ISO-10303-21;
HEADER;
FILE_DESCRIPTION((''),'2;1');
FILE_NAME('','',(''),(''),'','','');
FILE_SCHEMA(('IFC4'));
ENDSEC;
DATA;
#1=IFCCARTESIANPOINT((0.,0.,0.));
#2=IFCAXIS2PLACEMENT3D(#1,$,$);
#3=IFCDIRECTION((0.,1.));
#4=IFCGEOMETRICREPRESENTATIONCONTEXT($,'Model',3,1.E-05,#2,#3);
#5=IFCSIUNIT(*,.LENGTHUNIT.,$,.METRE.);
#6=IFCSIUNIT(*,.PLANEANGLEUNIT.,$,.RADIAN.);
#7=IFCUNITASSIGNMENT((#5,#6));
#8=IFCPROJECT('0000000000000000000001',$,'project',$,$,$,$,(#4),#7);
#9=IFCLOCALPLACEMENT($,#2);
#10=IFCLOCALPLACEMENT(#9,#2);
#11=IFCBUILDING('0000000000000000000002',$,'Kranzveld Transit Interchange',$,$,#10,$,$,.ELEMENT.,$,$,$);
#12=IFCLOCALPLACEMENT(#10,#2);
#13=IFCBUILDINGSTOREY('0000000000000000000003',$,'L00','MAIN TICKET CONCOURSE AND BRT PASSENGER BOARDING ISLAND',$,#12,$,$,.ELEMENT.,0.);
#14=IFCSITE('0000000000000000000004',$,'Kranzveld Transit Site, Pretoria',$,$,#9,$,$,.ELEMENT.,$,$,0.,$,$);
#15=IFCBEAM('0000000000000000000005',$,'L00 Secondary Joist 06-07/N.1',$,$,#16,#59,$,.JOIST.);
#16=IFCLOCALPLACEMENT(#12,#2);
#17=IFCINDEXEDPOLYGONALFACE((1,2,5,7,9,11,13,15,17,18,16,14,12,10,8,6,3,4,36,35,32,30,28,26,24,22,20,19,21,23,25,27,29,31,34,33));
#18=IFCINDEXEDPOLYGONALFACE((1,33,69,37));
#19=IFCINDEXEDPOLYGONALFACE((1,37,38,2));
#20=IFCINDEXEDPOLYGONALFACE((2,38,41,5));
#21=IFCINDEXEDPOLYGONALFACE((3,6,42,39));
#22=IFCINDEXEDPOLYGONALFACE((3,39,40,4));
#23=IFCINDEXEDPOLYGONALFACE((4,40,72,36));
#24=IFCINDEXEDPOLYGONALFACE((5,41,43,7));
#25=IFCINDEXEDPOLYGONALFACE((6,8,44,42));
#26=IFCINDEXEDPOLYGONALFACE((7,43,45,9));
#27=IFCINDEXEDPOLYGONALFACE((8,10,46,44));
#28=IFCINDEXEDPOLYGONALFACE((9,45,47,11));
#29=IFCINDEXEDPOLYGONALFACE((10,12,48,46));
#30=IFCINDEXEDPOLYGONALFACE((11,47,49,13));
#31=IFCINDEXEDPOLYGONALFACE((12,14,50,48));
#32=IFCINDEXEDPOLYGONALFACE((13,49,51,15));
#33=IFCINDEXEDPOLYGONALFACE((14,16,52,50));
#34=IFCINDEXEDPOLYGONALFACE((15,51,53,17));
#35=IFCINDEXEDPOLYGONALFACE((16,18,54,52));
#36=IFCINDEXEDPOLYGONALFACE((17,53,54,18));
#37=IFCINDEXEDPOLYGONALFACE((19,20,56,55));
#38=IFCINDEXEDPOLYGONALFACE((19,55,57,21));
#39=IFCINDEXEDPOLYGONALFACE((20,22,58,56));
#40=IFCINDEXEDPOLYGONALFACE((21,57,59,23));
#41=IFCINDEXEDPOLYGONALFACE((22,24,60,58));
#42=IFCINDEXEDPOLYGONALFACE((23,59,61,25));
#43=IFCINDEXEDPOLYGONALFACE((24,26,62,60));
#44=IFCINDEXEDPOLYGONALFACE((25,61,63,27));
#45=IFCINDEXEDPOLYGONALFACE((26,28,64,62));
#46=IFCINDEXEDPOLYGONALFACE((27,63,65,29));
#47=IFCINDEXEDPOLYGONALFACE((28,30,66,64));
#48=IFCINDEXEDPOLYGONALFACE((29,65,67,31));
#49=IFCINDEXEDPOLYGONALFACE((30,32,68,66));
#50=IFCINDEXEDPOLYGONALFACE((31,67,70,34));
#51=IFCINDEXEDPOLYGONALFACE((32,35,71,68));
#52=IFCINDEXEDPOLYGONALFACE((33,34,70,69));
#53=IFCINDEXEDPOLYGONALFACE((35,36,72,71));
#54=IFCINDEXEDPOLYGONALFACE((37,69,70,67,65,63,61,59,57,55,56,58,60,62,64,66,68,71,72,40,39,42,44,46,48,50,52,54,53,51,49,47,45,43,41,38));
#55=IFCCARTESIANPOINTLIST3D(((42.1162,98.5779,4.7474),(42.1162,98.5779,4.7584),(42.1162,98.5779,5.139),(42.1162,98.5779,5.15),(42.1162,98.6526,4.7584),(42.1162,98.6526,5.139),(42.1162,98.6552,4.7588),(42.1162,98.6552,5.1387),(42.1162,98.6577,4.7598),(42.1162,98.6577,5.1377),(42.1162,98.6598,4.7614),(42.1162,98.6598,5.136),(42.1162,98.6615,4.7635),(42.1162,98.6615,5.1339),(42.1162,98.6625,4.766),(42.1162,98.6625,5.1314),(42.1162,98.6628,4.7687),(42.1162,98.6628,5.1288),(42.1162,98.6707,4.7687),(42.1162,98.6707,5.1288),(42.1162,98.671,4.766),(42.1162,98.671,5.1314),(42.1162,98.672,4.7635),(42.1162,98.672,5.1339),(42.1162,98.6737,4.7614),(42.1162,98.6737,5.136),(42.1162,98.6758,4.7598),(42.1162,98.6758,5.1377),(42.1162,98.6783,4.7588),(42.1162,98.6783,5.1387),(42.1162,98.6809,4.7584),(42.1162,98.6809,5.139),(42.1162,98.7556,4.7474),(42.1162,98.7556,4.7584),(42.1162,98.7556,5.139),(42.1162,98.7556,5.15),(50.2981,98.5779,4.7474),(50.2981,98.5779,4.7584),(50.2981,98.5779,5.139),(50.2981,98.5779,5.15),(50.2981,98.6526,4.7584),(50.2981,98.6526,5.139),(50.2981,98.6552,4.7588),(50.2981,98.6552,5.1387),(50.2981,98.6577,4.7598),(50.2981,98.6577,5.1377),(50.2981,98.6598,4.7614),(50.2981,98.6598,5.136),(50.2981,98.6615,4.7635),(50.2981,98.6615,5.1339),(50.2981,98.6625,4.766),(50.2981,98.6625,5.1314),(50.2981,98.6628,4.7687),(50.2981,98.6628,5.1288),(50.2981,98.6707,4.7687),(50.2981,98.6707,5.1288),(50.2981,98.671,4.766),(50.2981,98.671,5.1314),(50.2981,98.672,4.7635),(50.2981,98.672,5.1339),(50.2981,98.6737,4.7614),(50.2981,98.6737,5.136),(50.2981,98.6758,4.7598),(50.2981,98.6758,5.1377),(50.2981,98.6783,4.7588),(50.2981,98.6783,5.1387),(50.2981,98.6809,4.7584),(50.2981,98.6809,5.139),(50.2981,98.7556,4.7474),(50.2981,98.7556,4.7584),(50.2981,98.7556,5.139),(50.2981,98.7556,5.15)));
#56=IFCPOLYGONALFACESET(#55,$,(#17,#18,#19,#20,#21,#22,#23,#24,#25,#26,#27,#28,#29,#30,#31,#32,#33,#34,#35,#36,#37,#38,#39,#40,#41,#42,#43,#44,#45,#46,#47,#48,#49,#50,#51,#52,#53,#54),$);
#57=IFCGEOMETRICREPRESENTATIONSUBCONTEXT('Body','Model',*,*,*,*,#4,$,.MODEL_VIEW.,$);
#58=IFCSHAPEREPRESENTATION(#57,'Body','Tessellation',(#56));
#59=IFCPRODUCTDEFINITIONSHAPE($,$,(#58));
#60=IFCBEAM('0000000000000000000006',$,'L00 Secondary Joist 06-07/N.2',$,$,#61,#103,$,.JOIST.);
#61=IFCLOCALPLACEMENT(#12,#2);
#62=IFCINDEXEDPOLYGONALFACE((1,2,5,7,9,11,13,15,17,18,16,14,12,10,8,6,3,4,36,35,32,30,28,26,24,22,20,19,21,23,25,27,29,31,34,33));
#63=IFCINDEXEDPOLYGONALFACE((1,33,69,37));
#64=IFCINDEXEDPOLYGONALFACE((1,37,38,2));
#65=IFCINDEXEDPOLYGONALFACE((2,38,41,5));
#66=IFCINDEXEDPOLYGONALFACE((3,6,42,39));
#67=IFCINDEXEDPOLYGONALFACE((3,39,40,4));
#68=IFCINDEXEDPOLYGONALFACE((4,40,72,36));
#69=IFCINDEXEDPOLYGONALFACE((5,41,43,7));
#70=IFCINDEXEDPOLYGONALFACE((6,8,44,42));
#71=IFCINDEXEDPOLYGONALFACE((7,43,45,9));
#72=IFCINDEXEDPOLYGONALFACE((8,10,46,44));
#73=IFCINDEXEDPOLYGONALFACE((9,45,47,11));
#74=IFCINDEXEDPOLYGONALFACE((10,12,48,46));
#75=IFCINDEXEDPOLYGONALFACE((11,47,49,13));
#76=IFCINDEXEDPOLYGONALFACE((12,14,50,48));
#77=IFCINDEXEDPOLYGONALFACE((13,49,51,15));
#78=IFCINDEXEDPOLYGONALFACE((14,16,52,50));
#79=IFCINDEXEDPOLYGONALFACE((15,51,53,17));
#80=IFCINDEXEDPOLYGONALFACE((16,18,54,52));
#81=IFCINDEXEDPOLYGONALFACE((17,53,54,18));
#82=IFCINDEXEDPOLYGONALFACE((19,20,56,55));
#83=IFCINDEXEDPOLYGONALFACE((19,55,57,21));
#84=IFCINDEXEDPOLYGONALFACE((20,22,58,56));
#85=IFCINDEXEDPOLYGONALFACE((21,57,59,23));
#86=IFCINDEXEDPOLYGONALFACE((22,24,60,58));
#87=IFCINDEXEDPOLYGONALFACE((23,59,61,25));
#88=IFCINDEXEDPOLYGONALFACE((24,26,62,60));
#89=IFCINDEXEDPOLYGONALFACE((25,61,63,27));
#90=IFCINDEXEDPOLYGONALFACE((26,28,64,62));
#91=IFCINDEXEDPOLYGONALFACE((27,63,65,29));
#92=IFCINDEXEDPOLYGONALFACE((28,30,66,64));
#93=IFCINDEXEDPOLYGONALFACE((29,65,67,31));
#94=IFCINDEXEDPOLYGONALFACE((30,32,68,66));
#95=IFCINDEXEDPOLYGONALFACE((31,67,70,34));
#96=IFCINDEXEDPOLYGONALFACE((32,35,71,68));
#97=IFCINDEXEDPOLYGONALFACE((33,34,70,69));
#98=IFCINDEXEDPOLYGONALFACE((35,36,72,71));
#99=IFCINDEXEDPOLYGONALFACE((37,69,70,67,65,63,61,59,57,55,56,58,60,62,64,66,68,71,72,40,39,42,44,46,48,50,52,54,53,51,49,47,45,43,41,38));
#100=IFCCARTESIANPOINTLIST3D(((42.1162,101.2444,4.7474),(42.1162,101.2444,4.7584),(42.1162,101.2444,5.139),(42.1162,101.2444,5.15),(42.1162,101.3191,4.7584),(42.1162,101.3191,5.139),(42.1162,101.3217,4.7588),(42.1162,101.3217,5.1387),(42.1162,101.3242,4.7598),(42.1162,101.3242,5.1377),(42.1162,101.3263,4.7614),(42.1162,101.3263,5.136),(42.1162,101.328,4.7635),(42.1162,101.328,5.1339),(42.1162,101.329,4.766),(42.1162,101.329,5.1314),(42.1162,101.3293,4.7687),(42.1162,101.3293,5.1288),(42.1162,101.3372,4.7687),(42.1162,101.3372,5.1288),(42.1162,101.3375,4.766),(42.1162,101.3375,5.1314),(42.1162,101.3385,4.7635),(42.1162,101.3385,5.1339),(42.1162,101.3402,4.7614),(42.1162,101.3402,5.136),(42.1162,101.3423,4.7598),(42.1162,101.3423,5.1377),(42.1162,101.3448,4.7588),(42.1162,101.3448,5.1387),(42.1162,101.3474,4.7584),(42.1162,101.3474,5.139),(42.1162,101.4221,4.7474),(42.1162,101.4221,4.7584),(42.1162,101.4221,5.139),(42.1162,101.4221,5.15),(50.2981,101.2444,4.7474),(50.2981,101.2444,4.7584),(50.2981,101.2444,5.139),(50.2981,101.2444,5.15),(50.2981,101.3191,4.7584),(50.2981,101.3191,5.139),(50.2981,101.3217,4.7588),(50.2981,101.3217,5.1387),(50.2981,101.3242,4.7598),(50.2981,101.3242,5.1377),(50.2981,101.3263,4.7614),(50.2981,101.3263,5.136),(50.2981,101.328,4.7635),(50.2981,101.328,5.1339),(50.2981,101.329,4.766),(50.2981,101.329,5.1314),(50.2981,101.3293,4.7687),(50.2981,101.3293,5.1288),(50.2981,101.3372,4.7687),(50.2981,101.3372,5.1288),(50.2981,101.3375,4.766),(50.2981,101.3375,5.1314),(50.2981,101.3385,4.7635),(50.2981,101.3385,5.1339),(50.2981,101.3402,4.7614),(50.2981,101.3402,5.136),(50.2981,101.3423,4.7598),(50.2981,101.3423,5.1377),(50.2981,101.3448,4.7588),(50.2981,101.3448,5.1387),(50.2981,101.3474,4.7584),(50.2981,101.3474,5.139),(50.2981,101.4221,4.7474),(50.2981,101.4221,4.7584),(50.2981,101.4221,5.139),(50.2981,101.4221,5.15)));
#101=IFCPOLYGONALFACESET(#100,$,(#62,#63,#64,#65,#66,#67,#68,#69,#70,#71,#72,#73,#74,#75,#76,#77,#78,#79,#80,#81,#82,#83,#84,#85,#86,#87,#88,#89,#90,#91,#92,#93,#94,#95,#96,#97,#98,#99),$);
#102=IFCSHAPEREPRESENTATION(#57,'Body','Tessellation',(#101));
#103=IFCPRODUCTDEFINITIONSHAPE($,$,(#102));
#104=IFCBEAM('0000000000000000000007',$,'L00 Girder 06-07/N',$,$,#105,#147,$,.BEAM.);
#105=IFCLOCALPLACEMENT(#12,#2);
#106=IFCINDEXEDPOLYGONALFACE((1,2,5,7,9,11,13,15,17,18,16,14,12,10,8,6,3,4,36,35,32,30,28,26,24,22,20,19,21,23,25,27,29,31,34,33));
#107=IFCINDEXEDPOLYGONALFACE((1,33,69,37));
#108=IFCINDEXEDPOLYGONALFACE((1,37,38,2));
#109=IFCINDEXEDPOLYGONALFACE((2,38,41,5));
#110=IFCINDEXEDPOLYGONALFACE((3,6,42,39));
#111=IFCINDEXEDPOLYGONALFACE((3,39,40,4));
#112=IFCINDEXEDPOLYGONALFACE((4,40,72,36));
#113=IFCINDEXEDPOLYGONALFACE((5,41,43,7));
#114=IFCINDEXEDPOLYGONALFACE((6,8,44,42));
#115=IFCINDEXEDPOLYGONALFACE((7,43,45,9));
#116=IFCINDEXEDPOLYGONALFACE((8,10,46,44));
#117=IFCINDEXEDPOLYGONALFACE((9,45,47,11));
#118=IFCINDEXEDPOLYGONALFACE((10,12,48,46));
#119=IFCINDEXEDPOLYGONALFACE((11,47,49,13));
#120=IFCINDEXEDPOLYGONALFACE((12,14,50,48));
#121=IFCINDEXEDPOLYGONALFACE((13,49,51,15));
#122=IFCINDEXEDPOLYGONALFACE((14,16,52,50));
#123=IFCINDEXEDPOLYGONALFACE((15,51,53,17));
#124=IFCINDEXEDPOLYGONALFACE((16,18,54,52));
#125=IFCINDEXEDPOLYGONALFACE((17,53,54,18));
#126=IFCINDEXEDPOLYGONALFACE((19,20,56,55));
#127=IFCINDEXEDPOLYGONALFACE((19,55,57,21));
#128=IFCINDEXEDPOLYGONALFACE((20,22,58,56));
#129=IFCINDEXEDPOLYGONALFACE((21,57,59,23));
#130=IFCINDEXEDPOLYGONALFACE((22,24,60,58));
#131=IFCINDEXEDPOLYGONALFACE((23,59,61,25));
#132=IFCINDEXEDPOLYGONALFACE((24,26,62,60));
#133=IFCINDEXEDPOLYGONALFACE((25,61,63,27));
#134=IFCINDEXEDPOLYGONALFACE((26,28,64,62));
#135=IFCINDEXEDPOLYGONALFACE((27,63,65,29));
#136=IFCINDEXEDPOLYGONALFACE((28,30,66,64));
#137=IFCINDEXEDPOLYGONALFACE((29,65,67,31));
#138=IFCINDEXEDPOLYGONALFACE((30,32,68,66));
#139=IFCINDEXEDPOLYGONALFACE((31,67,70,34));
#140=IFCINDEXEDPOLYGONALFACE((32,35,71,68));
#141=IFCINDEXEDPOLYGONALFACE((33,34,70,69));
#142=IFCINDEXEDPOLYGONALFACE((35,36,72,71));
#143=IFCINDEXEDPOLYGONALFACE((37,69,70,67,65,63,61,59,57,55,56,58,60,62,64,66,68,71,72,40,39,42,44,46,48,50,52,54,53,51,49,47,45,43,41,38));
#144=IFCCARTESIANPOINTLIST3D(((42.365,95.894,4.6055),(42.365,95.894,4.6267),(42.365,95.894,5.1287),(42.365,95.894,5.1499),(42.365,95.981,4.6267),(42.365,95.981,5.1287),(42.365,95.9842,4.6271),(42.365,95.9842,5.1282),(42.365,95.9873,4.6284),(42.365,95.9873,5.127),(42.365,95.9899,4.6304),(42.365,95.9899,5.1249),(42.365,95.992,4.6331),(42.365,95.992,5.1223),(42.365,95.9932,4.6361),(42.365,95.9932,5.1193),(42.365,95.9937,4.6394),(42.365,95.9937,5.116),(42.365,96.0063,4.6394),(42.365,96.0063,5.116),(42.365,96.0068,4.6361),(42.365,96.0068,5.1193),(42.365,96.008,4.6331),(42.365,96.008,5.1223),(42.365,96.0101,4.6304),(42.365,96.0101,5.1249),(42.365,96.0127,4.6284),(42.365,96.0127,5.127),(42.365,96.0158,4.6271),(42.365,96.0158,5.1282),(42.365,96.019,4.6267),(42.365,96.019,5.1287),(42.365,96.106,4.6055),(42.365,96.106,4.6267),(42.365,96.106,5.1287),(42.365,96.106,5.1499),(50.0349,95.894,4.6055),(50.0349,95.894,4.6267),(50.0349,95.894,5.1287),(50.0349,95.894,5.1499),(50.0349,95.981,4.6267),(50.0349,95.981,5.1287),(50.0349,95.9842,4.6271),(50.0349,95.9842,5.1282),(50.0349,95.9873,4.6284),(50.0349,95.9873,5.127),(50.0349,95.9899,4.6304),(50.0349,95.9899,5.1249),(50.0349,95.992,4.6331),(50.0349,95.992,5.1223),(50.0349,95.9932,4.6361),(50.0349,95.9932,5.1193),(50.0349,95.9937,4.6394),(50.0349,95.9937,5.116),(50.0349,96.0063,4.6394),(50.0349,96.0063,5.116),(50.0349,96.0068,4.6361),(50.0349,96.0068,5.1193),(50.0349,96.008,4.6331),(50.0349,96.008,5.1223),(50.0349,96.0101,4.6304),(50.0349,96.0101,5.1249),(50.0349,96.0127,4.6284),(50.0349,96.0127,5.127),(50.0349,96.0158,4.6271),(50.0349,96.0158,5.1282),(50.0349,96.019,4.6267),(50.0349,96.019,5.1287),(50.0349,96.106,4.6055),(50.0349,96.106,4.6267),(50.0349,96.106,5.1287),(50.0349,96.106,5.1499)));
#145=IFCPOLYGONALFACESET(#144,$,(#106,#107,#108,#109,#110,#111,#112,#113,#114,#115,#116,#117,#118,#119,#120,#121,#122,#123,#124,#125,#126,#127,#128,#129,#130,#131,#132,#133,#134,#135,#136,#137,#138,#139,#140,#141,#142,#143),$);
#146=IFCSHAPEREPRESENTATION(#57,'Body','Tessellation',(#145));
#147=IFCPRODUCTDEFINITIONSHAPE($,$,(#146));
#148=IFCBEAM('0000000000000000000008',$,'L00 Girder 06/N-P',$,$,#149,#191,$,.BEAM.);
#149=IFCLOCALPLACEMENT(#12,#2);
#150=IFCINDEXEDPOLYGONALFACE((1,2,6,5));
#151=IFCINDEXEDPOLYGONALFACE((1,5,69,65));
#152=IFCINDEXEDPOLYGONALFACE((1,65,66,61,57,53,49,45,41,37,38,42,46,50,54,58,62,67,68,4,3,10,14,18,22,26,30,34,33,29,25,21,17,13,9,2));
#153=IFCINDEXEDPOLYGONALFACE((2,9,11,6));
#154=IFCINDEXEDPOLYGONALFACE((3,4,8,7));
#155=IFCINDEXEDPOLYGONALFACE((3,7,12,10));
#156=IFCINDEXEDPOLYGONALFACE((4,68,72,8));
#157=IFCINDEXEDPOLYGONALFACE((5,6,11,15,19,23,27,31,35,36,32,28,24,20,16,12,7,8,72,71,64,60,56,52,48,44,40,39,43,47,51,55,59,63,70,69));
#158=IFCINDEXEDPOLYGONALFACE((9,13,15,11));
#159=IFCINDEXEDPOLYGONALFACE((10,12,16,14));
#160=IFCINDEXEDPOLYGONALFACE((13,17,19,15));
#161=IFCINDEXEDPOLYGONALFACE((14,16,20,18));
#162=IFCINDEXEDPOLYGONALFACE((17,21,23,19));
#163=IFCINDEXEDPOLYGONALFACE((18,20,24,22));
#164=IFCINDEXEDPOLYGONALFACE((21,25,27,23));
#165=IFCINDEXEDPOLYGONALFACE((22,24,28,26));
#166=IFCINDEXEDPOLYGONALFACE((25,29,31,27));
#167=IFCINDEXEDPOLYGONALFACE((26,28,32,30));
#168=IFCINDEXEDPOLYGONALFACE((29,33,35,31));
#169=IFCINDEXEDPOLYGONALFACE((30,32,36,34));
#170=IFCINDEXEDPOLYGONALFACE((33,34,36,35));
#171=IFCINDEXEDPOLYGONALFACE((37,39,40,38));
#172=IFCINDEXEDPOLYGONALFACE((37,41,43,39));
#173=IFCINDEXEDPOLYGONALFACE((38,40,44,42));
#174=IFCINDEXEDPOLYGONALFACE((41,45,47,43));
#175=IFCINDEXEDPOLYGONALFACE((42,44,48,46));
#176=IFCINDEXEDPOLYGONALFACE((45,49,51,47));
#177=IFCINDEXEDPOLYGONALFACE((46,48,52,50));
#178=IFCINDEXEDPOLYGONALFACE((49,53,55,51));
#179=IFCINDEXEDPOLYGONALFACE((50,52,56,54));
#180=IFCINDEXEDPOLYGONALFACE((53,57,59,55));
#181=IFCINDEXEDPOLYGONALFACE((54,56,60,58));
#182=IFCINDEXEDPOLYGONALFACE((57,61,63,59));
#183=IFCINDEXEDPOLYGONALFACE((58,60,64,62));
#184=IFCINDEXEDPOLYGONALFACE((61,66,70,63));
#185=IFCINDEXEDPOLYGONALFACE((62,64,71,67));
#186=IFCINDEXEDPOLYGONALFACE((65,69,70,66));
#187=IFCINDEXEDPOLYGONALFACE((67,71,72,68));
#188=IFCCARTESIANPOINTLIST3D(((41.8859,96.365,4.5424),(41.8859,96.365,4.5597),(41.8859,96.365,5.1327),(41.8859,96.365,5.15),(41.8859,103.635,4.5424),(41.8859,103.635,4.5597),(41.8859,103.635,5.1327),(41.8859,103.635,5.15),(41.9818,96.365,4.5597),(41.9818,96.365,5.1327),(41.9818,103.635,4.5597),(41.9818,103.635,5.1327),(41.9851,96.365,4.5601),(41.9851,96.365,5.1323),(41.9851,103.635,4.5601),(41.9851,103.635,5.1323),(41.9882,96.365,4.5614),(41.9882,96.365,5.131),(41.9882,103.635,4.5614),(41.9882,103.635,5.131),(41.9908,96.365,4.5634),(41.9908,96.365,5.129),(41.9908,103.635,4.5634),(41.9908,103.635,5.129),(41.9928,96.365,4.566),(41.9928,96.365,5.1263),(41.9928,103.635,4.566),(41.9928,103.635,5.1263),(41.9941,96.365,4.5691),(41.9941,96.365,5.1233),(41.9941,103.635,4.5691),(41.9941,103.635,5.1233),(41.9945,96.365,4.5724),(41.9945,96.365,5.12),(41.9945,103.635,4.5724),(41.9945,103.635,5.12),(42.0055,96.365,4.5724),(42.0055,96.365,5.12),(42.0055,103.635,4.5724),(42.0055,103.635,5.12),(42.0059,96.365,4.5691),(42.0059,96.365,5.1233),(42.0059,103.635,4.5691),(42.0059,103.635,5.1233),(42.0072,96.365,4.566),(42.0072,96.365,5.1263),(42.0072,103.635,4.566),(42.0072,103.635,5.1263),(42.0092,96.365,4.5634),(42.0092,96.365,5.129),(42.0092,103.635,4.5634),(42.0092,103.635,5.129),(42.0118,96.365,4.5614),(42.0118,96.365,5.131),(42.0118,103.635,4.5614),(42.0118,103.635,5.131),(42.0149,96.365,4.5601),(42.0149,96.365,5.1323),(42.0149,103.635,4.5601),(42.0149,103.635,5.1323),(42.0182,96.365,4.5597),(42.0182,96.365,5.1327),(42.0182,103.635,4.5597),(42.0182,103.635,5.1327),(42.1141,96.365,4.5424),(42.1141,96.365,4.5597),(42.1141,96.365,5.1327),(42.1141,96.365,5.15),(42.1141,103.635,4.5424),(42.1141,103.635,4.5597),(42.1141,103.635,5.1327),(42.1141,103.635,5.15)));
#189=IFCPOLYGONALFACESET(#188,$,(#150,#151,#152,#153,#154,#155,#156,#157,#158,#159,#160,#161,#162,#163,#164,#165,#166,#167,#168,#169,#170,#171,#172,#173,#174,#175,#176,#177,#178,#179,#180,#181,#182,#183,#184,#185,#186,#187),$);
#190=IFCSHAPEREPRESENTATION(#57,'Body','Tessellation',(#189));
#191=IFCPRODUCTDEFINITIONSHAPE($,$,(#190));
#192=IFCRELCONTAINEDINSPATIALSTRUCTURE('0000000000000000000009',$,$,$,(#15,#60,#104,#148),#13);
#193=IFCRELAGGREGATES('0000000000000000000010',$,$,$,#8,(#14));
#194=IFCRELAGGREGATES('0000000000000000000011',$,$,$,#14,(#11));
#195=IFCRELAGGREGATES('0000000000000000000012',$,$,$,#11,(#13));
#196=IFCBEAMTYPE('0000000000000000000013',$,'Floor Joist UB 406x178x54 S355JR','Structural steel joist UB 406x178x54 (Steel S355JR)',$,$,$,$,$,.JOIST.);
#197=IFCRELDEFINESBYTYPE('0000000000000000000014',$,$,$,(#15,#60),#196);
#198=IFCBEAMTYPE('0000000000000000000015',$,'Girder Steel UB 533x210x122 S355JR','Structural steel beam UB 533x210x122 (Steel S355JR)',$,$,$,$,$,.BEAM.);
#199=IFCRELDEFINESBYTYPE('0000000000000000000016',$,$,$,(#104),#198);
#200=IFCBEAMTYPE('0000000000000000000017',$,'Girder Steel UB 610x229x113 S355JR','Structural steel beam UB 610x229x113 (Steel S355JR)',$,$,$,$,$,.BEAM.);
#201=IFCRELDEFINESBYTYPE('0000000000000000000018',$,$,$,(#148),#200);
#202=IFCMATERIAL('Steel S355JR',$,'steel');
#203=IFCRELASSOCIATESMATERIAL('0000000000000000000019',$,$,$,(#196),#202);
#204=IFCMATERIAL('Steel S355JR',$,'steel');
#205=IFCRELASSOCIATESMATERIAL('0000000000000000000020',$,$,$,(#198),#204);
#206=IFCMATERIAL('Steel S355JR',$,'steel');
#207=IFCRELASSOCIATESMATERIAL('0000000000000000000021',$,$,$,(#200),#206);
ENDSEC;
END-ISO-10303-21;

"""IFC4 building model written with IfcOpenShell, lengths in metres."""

from ifc_helpers import new_model, si_unit, direction, frame, origin, origin_2d, place, context, subcontext, project, spatial, i_section, extrude, material, material_profile, profile_set, type_object, element, save


model = new_model("IFC4")

# Units and contexts
model_context = context("Model", 3, precision=1e-05, world=origin(), true_north=direction((0.0, 1.0)))
body_context = subcontext(model_context, "Body", "Model", "MODEL_VIEW")
ifc_project = project(units=[si_unit("LENGTHUNIT", "METRE"), si_unit("PLANEANGLEUNIT", "RADIAN")], contexts=[model_context])

# Site, building, storey
site_placement = place(None, origin())
site = spatial("IfcSite", under=ifc_project, at=site_placement, Name="Kranzveld Transit Site, Pretoria", CompositionType="ELEMENT", RefElevation=0.0)
building_placement = place(site_placement, origin())
building = spatial("IfcBuilding", under=site, at=building_placement, Name="Kranzveld Transit Interchange", CompositionType="ELEMENT")
storey_placement = place(building_placement, origin())
storey = spatial("IfcBuildingStorey", under=building, at=storey_placement, Name="L00", Description="MAIN TICKET CONCOURSE AND BRT PASSENGER BOARDING ISLAND", CompositionType="ELEMENT", Elevation=0.0)

# Beams
ifc_material_1 = material(Name="Steel S355JR", Category="steel")
ifc_material_profile_1 = material_profile(ifc_material_1, i_section(OverallWidth=0.1777, OverallDepth=0.4026, WebThickness=0.0078, FlangeThickness=0.011, FilletRadius=0.0103, at=origin_2d()), Name="UB 406x178x54")
ifc_profile_set_1 = profile_set([ifc_material_profile_1], Name="Steel S355JR")
beam_type_1 = type_object("IfcBeamType", Name="Floor Joist UB 406x178x54 S355JR", Description="Structural steel joist UB 406x178x54 (Steel S355JR)", PredefinedType="JOIST", material=ifc_profile_set_1)
for number, where, z_axis, x_axis, name in (
    (1, (42.1162, 98.6667, 4.9487), (1.0, 0.0, 0.0), (0.0, 1.0, 0.0), "L00 Secondary Joist 06-07/N.1"),
    (2, (42.1162, 101.3333, 4.9487), (1.0, 0.0, 0.0), (0.0, 1.0, 0.0), "L00 Secondary Joist 06-07/N.2"),
):
    element("IfcBeam", number, at=place(storey_placement, frame(where, z_axis=z_axis, x_axis=x_axis)), inside=storey, type_object=beam_type_1, Name=name, PredefinedType="JOIST", context=body_context, shape_type="SweptSolid", body=[
        extrude(i_section(OverallWidth=0.1777, OverallDepth=0.4026, WebThickness=0.0078, FlangeThickness=0.011, FilletRadius=0.0103, at=origin_2d()), origin(), (0.0, 0.0, 1.0), 8.1819),
    ])
ifc_material_2 = material(Name="Steel S355JR", Category="steel")
ifc_material_profile_2 = material_profile(ifc_material_2, i_section(OverallWidth=0.2119, OverallDepth=0.5444, WebThickness=0.0127, FlangeThickness=0.0212, FilletRadius=0.0127, at=origin_2d()), Name="UB 533x210x122")
ifc_profile_set_2 = profile_set([ifc_material_profile_2], Name="Steel S355JR")
beam_type_2 = type_object("IfcBeamType", Name="Girder Steel UB 533x210x122 S355JR", Description="Structural steel beam UB 533x210x122 (Steel S355JR)", PredefinedType="BEAM", material=ifc_profile_set_2)
beam_1_placement = place(storey_placement, frame((42.365, 96.0, 4.8777), z_axis=(1.0, 0.0, 0.0), x_axis=(0.0, 1.0, 0.0)))
element("IfcBeam", 3, at=beam_1_placement, inside=storey, type_object=beam_type_2, Name="L00 Girder 06-07/N", PredefinedType="BEAM", context=body_context, shape_type="SweptSolid", body=[
    extrude(i_section(OverallWidth=0.2119, OverallDepth=0.5444, WebThickness=0.0127, FlangeThickness=0.0212, FilletRadius=0.0127, at=origin_2d()), origin(), (0.0, 0.0, 1.0), 7.6699),
])
ifc_material_3 = material(Name="Steel S355JR", Category="steel")
ifc_material_profile_3 = material_profile(ifc_material_3, i_section(OverallWidth=0.2283, OverallDepth=0.6077, WebThickness=0.011, FlangeThickness=0.0173, FilletRadius=0.0127, at=origin_2d()), Name="UB 610x229x113")
ifc_profile_set_3 = profile_set([ifc_material_profile_3], Name="Steel S355JR")
beam_type_3 = type_object("IfcBeamType", Name="Girder Steel UB 610x229x113 S355JR", Description="Structural steel beam UB 610x229x113 (Steel S355JR)", PredefinedType="BEAM", material=ifc_profile_set_3)
beam_2_placement = place(storey_placement, frame((42.0, 96.365, 4.8462), z_axis=(0.0, 1.0, 0.0), x_axis=(-1.0, 0.0, 0.0)))
element("IfcBeam", 4, at=beam_2_placement, inside=storey, type_object=beam_type_3, Name="L00 Girder 06/N-P", PredefinedType="BEAM", context=body_context, shape_type="SweptSolid", body=[
    extrude(i_section(OverallWidth=0.2283, OverallDepth=0.6077, WebThickness=0.011, FlangeThickness=0.0173, FilletRadius=0.0127, at=origin_2d()), origin(), (0.0, 0.0, 1.0), 7.27),
])

save(model, "model.ifc")
